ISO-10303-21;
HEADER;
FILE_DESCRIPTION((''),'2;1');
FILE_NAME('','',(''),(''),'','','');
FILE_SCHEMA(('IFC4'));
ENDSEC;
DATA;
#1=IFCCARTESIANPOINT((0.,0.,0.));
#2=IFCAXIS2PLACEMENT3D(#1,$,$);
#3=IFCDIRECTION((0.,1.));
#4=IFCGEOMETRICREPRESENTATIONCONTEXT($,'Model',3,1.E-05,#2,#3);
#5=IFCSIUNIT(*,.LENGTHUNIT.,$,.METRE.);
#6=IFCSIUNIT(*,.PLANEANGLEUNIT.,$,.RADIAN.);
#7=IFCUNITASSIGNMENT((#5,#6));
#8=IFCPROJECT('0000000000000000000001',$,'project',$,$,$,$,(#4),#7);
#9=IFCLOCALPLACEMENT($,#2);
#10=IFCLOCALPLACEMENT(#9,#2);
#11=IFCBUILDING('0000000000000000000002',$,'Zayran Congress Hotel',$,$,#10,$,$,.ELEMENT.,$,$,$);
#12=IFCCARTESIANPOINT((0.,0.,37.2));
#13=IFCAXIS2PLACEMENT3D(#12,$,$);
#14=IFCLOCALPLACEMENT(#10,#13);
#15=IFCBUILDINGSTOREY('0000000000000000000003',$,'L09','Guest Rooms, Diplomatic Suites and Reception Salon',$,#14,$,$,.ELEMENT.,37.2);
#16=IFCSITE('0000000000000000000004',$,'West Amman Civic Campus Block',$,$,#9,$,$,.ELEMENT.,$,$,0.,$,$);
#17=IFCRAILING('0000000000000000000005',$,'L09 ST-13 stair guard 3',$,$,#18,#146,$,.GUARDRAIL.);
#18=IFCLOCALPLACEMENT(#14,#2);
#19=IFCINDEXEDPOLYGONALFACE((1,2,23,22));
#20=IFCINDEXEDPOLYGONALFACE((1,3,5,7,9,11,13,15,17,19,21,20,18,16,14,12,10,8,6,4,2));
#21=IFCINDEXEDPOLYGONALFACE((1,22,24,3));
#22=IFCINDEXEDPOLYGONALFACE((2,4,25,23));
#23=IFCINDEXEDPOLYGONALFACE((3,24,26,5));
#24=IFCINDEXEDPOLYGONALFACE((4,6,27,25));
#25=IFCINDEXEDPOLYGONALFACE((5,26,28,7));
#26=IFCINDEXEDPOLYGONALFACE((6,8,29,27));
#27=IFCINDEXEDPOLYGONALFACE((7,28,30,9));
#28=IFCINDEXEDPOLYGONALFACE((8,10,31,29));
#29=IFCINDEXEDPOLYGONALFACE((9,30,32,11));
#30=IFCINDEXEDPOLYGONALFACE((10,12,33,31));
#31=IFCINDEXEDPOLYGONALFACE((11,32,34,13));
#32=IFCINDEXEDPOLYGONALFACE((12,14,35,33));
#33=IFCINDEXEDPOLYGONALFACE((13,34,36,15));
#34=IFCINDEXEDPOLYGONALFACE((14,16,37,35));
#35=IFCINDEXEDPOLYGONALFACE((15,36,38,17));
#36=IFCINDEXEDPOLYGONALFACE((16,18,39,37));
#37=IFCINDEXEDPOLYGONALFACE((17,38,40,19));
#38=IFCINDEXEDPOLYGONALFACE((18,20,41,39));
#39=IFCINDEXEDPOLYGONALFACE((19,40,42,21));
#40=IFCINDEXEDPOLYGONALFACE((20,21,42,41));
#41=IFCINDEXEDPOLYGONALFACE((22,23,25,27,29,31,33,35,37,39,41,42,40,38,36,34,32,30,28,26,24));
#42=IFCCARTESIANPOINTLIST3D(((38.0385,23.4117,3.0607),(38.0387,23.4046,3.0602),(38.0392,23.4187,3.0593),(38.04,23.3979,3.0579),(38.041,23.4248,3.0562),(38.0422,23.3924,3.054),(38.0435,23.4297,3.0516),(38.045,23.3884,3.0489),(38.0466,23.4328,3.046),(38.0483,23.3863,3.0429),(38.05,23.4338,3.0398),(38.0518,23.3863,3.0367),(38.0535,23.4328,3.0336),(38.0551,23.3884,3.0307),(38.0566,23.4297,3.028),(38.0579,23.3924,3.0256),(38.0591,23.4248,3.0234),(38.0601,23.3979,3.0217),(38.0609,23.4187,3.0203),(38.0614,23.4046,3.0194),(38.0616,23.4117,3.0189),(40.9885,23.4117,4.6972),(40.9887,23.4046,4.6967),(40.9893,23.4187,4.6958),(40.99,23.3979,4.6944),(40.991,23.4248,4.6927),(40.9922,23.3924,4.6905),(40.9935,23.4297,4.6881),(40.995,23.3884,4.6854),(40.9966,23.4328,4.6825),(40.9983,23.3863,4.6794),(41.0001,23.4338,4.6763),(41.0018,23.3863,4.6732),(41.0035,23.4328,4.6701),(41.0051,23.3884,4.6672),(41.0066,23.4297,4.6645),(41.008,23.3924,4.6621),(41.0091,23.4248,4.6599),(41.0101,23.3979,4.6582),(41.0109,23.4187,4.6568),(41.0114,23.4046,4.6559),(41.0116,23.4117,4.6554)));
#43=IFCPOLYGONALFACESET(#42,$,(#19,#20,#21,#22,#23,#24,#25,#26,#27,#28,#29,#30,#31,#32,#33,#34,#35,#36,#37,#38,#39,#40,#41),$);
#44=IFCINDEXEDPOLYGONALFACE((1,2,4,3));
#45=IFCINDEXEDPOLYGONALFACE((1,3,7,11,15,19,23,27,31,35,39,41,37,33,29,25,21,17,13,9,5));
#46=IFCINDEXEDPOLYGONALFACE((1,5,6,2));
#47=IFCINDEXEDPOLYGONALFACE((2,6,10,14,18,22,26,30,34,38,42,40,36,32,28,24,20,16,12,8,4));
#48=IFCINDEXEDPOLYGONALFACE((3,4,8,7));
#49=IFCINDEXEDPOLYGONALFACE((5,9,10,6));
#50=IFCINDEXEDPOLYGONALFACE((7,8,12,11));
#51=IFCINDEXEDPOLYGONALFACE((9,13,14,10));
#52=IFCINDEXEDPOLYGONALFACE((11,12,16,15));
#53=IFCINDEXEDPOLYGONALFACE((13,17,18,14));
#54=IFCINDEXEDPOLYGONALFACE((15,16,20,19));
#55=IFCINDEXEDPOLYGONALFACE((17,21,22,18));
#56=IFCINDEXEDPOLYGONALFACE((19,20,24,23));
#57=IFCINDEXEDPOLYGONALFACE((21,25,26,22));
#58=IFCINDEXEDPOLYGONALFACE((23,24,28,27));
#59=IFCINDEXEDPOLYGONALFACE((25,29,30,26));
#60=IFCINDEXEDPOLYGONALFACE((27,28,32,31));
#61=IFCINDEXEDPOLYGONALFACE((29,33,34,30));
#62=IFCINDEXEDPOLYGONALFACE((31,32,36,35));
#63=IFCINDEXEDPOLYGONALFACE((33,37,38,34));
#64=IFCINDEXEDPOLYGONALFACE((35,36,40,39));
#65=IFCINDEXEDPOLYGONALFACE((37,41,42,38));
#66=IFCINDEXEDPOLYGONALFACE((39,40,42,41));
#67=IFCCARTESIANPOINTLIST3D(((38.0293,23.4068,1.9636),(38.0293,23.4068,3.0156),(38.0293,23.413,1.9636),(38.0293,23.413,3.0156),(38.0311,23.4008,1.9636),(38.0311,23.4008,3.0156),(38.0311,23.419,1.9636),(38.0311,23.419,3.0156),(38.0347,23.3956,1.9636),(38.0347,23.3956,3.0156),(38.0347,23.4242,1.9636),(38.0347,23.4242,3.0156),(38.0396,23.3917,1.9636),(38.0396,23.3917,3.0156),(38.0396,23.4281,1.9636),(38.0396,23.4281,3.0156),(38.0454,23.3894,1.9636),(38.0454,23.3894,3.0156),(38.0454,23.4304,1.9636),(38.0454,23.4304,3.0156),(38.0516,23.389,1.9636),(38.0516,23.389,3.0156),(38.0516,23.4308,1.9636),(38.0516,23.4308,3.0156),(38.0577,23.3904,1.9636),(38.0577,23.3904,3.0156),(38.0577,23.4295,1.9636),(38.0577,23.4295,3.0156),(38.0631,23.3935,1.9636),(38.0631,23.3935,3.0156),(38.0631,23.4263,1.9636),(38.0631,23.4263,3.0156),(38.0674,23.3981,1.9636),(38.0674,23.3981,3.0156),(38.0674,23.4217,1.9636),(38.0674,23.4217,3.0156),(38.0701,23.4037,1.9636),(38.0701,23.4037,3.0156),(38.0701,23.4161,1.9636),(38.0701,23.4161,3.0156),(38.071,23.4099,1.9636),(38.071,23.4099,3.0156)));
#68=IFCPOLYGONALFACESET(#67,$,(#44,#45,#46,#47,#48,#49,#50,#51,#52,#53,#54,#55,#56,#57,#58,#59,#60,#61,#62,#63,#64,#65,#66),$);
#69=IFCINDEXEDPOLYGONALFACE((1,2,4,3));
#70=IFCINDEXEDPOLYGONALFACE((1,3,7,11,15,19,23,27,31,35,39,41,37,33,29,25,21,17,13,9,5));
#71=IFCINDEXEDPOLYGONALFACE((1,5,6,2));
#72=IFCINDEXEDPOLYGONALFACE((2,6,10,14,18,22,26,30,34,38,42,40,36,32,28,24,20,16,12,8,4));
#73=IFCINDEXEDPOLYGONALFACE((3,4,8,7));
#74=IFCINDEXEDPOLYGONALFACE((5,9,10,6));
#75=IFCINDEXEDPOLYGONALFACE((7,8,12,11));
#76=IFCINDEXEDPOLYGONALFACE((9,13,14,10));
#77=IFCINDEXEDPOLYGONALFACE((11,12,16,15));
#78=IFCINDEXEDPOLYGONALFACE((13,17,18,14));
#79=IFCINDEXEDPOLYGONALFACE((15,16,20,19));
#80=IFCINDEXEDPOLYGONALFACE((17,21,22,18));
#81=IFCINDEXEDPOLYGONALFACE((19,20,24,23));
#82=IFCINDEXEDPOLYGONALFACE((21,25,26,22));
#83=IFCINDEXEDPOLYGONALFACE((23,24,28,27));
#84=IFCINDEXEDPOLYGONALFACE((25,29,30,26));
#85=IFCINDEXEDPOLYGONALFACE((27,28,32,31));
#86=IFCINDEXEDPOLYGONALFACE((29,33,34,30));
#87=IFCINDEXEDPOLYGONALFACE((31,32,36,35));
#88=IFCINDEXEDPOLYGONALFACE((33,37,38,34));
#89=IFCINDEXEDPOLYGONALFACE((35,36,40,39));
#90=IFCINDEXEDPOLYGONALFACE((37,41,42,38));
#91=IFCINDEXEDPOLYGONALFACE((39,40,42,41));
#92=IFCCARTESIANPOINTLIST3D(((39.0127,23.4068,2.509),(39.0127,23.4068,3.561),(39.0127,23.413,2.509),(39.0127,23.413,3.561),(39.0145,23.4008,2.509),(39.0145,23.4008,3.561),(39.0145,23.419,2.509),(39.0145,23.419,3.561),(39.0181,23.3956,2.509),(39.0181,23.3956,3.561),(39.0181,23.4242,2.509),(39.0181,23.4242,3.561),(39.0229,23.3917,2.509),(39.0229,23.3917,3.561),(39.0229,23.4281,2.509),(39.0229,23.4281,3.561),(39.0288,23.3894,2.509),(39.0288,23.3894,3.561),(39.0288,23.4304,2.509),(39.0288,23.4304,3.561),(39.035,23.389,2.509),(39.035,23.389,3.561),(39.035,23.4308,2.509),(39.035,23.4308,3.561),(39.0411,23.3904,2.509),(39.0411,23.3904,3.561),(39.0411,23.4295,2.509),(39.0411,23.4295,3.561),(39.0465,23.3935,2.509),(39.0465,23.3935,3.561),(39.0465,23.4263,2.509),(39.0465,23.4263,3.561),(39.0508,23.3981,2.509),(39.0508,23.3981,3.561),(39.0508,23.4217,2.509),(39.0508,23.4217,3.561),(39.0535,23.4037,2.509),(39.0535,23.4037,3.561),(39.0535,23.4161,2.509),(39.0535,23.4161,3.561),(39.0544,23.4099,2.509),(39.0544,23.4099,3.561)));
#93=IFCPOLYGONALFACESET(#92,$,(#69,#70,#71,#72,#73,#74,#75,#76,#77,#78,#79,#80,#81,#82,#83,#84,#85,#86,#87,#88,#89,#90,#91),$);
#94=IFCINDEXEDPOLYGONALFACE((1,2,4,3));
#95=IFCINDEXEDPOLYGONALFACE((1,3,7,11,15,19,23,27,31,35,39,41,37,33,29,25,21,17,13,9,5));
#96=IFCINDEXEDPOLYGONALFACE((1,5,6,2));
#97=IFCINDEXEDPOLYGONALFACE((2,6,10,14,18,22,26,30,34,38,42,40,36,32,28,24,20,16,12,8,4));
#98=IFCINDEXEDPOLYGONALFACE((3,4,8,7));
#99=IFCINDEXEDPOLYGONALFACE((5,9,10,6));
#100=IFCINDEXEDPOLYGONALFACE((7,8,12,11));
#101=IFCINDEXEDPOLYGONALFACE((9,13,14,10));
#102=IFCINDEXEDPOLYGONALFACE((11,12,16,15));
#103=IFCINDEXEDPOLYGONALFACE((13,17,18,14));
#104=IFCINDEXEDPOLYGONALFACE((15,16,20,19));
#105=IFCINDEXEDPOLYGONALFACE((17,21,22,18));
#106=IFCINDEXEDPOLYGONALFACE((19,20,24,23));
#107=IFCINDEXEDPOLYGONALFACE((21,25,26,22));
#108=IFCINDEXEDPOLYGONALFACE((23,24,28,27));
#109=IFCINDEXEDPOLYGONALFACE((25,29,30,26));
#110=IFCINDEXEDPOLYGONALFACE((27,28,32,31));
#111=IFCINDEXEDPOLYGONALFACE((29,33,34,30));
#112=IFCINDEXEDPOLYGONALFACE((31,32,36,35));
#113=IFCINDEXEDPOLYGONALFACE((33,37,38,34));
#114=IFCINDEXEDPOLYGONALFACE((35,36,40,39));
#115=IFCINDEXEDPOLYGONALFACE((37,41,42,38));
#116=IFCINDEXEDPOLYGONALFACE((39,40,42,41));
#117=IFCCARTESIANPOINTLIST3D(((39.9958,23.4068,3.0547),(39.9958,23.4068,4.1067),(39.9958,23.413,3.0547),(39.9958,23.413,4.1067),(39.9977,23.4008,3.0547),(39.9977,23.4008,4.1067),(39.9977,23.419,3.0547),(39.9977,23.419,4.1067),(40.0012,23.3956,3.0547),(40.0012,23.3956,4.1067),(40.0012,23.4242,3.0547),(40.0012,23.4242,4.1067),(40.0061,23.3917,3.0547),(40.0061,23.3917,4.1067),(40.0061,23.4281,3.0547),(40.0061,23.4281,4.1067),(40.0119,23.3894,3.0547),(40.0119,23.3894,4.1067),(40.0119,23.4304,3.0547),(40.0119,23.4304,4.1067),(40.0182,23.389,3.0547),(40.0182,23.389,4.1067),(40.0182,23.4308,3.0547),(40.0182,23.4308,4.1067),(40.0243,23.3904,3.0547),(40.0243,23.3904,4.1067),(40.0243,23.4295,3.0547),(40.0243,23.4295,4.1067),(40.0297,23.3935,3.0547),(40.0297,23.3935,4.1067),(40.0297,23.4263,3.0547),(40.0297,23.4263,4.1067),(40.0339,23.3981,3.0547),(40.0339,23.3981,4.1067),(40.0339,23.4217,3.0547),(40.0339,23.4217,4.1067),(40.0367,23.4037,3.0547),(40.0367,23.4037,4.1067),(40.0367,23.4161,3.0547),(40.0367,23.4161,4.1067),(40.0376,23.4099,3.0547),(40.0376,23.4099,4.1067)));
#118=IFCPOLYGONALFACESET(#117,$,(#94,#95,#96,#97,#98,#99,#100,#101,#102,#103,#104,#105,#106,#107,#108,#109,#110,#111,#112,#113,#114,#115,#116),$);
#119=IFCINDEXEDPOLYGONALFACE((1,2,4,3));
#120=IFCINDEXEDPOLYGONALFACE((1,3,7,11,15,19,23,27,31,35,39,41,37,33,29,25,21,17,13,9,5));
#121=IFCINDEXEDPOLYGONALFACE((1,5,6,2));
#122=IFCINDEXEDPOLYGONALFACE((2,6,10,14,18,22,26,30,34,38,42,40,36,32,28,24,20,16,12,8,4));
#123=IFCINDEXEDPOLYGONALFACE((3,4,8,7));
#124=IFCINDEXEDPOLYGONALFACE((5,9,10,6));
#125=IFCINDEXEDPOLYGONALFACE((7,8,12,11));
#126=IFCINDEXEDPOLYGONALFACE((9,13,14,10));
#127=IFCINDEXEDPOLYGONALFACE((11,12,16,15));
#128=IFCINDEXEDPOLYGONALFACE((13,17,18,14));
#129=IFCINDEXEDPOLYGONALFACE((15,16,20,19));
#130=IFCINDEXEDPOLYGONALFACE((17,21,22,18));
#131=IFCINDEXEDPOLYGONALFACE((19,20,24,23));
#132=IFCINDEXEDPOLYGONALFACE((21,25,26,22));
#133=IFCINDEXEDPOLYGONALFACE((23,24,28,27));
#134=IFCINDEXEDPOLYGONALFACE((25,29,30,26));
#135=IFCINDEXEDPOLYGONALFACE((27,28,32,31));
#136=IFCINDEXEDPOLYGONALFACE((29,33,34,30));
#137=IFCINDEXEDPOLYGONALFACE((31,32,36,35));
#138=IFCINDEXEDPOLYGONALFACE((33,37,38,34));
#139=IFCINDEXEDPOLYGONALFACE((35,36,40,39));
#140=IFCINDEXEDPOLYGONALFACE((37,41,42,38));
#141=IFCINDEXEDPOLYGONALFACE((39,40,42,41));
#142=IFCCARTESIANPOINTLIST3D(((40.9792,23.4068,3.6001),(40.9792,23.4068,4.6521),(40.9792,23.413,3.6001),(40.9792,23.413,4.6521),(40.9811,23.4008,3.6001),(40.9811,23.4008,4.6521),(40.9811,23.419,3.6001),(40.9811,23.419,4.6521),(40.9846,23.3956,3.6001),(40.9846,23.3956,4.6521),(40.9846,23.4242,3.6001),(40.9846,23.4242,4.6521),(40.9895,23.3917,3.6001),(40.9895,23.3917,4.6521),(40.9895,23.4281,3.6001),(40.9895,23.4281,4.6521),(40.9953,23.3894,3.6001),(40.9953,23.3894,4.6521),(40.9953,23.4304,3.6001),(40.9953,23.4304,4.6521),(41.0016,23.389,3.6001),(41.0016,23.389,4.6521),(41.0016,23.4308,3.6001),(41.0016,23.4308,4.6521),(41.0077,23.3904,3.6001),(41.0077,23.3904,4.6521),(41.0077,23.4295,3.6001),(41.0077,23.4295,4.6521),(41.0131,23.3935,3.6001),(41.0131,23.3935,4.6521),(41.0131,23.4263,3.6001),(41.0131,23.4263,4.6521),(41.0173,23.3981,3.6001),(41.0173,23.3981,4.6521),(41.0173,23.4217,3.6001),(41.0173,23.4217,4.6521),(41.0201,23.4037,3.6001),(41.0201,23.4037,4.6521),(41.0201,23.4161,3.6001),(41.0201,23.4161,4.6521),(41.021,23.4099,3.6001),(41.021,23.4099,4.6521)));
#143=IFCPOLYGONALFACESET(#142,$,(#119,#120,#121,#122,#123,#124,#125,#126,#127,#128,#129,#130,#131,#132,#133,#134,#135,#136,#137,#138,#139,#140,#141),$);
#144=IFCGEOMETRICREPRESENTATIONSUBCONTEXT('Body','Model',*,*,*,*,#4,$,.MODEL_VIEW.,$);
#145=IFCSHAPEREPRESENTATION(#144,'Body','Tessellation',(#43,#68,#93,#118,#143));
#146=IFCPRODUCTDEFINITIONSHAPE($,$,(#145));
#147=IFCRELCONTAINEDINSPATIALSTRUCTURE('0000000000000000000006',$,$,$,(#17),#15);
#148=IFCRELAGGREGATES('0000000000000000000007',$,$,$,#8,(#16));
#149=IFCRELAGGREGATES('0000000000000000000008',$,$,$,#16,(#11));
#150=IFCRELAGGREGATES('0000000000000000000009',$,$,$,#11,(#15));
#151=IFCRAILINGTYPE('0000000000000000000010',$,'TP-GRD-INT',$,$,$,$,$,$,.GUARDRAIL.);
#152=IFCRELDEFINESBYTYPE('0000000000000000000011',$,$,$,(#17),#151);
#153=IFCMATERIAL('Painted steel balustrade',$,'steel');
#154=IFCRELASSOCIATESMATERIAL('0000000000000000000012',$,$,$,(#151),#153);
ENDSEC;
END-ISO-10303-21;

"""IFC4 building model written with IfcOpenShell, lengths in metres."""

from ifc_helpers import new_model, si_unit, direction, frame, origin, origin_2d, place, context, subcontext, project, spatial, circle, extrude, material, type_object, element, save


model = new_model("IFC4")

# Units and contexts
model_context = context("Model", 3, precision=1e-05, world=origin(), true_north=direction((0.0, 1.0)))
body_context = subcontext(model_context, "Body", "Model", "MODEL_VIEW")
ifc_project = project(units=[si_unit("LENGTHUNIT", "METRE"), si_unit("PLANEANGLEUNIT", "RADIAN")], contexts=[model_context])

# Site, building, storey
site_placement = place(None, origin())
site = spatial("IfcSite", under=ifc_project, at=site_placement, Name="West Amman Civic Campus Block", CompositionType="ELEMENT", RefElevation=0.0)
building_placement = place(site_placement, origin())
building = spatial("IfcBuilding", under=site, at=building_placement, Name="Zayran Congress Hotel", CompositionType="ELEMENT")
storey_placement = place(building_placement, frame((0.0, 0.0, 37.2)))
storey = spatial("IfcBuildingStorey", under=building, at=storey_placement, Name="L09", Description="Guest Rooms, Diplomatic Suites and Reception Salon", CompositionType="ELEMENT", Elevation=37.2)

# Railing
ifc_material_1 = material(Name="Painted steel balustrade", Category="steel")
railing_type_1 = type_object("IfcRailingType", Name="TP-GRD-INT", PredefinedType="GUARDRAIL", material=ifc_material_1)
railing_1_placement = place(storey_placement, frame((38.05, 23.4099, 1.9636)))
element("IfcRailing", 1, at=railing_1_placement, inside=storey, type_object=railing_type_1, Name="L09 ST-13 stair guard 3", PredefinedType="GUARDRAIL", context=body_context, shape_type="SweptSolid", body=[
    extrude(circle(Radius=0.0239, at=origin_2d()), frame((0.0, 0.0, 1.0762), z_axis=(0.874458, 0.0, 0.485102), x_axis=(0.0, 1.0, 0.0)), (0.0, 0.0, 1.0), 3.3735),
    extrude(circle(Radius=0.021, at=origin_2d()), origin(), (0.0, 0.0, 1.0), 1.052),
    extrude(circle(Radius=0.021, at=origin_2d()), frame((0.9834, 0.0, 0.5454)), (0.0, 0.0, 1.0), 1.052),
    extrude(circle(Radius=0.021, at=origin_2d()), frame((1.9666, 0.0, 1.0911)), (0.0, 0.0, 1.0), 1.052),
    extrude(circle(Radius=0.021, at=origin_2d()), frame((2.95, 0.0, 1.6365)), (0.0, 0.0, 1.0), 1.052),
])

save(model, "model.ifc")
